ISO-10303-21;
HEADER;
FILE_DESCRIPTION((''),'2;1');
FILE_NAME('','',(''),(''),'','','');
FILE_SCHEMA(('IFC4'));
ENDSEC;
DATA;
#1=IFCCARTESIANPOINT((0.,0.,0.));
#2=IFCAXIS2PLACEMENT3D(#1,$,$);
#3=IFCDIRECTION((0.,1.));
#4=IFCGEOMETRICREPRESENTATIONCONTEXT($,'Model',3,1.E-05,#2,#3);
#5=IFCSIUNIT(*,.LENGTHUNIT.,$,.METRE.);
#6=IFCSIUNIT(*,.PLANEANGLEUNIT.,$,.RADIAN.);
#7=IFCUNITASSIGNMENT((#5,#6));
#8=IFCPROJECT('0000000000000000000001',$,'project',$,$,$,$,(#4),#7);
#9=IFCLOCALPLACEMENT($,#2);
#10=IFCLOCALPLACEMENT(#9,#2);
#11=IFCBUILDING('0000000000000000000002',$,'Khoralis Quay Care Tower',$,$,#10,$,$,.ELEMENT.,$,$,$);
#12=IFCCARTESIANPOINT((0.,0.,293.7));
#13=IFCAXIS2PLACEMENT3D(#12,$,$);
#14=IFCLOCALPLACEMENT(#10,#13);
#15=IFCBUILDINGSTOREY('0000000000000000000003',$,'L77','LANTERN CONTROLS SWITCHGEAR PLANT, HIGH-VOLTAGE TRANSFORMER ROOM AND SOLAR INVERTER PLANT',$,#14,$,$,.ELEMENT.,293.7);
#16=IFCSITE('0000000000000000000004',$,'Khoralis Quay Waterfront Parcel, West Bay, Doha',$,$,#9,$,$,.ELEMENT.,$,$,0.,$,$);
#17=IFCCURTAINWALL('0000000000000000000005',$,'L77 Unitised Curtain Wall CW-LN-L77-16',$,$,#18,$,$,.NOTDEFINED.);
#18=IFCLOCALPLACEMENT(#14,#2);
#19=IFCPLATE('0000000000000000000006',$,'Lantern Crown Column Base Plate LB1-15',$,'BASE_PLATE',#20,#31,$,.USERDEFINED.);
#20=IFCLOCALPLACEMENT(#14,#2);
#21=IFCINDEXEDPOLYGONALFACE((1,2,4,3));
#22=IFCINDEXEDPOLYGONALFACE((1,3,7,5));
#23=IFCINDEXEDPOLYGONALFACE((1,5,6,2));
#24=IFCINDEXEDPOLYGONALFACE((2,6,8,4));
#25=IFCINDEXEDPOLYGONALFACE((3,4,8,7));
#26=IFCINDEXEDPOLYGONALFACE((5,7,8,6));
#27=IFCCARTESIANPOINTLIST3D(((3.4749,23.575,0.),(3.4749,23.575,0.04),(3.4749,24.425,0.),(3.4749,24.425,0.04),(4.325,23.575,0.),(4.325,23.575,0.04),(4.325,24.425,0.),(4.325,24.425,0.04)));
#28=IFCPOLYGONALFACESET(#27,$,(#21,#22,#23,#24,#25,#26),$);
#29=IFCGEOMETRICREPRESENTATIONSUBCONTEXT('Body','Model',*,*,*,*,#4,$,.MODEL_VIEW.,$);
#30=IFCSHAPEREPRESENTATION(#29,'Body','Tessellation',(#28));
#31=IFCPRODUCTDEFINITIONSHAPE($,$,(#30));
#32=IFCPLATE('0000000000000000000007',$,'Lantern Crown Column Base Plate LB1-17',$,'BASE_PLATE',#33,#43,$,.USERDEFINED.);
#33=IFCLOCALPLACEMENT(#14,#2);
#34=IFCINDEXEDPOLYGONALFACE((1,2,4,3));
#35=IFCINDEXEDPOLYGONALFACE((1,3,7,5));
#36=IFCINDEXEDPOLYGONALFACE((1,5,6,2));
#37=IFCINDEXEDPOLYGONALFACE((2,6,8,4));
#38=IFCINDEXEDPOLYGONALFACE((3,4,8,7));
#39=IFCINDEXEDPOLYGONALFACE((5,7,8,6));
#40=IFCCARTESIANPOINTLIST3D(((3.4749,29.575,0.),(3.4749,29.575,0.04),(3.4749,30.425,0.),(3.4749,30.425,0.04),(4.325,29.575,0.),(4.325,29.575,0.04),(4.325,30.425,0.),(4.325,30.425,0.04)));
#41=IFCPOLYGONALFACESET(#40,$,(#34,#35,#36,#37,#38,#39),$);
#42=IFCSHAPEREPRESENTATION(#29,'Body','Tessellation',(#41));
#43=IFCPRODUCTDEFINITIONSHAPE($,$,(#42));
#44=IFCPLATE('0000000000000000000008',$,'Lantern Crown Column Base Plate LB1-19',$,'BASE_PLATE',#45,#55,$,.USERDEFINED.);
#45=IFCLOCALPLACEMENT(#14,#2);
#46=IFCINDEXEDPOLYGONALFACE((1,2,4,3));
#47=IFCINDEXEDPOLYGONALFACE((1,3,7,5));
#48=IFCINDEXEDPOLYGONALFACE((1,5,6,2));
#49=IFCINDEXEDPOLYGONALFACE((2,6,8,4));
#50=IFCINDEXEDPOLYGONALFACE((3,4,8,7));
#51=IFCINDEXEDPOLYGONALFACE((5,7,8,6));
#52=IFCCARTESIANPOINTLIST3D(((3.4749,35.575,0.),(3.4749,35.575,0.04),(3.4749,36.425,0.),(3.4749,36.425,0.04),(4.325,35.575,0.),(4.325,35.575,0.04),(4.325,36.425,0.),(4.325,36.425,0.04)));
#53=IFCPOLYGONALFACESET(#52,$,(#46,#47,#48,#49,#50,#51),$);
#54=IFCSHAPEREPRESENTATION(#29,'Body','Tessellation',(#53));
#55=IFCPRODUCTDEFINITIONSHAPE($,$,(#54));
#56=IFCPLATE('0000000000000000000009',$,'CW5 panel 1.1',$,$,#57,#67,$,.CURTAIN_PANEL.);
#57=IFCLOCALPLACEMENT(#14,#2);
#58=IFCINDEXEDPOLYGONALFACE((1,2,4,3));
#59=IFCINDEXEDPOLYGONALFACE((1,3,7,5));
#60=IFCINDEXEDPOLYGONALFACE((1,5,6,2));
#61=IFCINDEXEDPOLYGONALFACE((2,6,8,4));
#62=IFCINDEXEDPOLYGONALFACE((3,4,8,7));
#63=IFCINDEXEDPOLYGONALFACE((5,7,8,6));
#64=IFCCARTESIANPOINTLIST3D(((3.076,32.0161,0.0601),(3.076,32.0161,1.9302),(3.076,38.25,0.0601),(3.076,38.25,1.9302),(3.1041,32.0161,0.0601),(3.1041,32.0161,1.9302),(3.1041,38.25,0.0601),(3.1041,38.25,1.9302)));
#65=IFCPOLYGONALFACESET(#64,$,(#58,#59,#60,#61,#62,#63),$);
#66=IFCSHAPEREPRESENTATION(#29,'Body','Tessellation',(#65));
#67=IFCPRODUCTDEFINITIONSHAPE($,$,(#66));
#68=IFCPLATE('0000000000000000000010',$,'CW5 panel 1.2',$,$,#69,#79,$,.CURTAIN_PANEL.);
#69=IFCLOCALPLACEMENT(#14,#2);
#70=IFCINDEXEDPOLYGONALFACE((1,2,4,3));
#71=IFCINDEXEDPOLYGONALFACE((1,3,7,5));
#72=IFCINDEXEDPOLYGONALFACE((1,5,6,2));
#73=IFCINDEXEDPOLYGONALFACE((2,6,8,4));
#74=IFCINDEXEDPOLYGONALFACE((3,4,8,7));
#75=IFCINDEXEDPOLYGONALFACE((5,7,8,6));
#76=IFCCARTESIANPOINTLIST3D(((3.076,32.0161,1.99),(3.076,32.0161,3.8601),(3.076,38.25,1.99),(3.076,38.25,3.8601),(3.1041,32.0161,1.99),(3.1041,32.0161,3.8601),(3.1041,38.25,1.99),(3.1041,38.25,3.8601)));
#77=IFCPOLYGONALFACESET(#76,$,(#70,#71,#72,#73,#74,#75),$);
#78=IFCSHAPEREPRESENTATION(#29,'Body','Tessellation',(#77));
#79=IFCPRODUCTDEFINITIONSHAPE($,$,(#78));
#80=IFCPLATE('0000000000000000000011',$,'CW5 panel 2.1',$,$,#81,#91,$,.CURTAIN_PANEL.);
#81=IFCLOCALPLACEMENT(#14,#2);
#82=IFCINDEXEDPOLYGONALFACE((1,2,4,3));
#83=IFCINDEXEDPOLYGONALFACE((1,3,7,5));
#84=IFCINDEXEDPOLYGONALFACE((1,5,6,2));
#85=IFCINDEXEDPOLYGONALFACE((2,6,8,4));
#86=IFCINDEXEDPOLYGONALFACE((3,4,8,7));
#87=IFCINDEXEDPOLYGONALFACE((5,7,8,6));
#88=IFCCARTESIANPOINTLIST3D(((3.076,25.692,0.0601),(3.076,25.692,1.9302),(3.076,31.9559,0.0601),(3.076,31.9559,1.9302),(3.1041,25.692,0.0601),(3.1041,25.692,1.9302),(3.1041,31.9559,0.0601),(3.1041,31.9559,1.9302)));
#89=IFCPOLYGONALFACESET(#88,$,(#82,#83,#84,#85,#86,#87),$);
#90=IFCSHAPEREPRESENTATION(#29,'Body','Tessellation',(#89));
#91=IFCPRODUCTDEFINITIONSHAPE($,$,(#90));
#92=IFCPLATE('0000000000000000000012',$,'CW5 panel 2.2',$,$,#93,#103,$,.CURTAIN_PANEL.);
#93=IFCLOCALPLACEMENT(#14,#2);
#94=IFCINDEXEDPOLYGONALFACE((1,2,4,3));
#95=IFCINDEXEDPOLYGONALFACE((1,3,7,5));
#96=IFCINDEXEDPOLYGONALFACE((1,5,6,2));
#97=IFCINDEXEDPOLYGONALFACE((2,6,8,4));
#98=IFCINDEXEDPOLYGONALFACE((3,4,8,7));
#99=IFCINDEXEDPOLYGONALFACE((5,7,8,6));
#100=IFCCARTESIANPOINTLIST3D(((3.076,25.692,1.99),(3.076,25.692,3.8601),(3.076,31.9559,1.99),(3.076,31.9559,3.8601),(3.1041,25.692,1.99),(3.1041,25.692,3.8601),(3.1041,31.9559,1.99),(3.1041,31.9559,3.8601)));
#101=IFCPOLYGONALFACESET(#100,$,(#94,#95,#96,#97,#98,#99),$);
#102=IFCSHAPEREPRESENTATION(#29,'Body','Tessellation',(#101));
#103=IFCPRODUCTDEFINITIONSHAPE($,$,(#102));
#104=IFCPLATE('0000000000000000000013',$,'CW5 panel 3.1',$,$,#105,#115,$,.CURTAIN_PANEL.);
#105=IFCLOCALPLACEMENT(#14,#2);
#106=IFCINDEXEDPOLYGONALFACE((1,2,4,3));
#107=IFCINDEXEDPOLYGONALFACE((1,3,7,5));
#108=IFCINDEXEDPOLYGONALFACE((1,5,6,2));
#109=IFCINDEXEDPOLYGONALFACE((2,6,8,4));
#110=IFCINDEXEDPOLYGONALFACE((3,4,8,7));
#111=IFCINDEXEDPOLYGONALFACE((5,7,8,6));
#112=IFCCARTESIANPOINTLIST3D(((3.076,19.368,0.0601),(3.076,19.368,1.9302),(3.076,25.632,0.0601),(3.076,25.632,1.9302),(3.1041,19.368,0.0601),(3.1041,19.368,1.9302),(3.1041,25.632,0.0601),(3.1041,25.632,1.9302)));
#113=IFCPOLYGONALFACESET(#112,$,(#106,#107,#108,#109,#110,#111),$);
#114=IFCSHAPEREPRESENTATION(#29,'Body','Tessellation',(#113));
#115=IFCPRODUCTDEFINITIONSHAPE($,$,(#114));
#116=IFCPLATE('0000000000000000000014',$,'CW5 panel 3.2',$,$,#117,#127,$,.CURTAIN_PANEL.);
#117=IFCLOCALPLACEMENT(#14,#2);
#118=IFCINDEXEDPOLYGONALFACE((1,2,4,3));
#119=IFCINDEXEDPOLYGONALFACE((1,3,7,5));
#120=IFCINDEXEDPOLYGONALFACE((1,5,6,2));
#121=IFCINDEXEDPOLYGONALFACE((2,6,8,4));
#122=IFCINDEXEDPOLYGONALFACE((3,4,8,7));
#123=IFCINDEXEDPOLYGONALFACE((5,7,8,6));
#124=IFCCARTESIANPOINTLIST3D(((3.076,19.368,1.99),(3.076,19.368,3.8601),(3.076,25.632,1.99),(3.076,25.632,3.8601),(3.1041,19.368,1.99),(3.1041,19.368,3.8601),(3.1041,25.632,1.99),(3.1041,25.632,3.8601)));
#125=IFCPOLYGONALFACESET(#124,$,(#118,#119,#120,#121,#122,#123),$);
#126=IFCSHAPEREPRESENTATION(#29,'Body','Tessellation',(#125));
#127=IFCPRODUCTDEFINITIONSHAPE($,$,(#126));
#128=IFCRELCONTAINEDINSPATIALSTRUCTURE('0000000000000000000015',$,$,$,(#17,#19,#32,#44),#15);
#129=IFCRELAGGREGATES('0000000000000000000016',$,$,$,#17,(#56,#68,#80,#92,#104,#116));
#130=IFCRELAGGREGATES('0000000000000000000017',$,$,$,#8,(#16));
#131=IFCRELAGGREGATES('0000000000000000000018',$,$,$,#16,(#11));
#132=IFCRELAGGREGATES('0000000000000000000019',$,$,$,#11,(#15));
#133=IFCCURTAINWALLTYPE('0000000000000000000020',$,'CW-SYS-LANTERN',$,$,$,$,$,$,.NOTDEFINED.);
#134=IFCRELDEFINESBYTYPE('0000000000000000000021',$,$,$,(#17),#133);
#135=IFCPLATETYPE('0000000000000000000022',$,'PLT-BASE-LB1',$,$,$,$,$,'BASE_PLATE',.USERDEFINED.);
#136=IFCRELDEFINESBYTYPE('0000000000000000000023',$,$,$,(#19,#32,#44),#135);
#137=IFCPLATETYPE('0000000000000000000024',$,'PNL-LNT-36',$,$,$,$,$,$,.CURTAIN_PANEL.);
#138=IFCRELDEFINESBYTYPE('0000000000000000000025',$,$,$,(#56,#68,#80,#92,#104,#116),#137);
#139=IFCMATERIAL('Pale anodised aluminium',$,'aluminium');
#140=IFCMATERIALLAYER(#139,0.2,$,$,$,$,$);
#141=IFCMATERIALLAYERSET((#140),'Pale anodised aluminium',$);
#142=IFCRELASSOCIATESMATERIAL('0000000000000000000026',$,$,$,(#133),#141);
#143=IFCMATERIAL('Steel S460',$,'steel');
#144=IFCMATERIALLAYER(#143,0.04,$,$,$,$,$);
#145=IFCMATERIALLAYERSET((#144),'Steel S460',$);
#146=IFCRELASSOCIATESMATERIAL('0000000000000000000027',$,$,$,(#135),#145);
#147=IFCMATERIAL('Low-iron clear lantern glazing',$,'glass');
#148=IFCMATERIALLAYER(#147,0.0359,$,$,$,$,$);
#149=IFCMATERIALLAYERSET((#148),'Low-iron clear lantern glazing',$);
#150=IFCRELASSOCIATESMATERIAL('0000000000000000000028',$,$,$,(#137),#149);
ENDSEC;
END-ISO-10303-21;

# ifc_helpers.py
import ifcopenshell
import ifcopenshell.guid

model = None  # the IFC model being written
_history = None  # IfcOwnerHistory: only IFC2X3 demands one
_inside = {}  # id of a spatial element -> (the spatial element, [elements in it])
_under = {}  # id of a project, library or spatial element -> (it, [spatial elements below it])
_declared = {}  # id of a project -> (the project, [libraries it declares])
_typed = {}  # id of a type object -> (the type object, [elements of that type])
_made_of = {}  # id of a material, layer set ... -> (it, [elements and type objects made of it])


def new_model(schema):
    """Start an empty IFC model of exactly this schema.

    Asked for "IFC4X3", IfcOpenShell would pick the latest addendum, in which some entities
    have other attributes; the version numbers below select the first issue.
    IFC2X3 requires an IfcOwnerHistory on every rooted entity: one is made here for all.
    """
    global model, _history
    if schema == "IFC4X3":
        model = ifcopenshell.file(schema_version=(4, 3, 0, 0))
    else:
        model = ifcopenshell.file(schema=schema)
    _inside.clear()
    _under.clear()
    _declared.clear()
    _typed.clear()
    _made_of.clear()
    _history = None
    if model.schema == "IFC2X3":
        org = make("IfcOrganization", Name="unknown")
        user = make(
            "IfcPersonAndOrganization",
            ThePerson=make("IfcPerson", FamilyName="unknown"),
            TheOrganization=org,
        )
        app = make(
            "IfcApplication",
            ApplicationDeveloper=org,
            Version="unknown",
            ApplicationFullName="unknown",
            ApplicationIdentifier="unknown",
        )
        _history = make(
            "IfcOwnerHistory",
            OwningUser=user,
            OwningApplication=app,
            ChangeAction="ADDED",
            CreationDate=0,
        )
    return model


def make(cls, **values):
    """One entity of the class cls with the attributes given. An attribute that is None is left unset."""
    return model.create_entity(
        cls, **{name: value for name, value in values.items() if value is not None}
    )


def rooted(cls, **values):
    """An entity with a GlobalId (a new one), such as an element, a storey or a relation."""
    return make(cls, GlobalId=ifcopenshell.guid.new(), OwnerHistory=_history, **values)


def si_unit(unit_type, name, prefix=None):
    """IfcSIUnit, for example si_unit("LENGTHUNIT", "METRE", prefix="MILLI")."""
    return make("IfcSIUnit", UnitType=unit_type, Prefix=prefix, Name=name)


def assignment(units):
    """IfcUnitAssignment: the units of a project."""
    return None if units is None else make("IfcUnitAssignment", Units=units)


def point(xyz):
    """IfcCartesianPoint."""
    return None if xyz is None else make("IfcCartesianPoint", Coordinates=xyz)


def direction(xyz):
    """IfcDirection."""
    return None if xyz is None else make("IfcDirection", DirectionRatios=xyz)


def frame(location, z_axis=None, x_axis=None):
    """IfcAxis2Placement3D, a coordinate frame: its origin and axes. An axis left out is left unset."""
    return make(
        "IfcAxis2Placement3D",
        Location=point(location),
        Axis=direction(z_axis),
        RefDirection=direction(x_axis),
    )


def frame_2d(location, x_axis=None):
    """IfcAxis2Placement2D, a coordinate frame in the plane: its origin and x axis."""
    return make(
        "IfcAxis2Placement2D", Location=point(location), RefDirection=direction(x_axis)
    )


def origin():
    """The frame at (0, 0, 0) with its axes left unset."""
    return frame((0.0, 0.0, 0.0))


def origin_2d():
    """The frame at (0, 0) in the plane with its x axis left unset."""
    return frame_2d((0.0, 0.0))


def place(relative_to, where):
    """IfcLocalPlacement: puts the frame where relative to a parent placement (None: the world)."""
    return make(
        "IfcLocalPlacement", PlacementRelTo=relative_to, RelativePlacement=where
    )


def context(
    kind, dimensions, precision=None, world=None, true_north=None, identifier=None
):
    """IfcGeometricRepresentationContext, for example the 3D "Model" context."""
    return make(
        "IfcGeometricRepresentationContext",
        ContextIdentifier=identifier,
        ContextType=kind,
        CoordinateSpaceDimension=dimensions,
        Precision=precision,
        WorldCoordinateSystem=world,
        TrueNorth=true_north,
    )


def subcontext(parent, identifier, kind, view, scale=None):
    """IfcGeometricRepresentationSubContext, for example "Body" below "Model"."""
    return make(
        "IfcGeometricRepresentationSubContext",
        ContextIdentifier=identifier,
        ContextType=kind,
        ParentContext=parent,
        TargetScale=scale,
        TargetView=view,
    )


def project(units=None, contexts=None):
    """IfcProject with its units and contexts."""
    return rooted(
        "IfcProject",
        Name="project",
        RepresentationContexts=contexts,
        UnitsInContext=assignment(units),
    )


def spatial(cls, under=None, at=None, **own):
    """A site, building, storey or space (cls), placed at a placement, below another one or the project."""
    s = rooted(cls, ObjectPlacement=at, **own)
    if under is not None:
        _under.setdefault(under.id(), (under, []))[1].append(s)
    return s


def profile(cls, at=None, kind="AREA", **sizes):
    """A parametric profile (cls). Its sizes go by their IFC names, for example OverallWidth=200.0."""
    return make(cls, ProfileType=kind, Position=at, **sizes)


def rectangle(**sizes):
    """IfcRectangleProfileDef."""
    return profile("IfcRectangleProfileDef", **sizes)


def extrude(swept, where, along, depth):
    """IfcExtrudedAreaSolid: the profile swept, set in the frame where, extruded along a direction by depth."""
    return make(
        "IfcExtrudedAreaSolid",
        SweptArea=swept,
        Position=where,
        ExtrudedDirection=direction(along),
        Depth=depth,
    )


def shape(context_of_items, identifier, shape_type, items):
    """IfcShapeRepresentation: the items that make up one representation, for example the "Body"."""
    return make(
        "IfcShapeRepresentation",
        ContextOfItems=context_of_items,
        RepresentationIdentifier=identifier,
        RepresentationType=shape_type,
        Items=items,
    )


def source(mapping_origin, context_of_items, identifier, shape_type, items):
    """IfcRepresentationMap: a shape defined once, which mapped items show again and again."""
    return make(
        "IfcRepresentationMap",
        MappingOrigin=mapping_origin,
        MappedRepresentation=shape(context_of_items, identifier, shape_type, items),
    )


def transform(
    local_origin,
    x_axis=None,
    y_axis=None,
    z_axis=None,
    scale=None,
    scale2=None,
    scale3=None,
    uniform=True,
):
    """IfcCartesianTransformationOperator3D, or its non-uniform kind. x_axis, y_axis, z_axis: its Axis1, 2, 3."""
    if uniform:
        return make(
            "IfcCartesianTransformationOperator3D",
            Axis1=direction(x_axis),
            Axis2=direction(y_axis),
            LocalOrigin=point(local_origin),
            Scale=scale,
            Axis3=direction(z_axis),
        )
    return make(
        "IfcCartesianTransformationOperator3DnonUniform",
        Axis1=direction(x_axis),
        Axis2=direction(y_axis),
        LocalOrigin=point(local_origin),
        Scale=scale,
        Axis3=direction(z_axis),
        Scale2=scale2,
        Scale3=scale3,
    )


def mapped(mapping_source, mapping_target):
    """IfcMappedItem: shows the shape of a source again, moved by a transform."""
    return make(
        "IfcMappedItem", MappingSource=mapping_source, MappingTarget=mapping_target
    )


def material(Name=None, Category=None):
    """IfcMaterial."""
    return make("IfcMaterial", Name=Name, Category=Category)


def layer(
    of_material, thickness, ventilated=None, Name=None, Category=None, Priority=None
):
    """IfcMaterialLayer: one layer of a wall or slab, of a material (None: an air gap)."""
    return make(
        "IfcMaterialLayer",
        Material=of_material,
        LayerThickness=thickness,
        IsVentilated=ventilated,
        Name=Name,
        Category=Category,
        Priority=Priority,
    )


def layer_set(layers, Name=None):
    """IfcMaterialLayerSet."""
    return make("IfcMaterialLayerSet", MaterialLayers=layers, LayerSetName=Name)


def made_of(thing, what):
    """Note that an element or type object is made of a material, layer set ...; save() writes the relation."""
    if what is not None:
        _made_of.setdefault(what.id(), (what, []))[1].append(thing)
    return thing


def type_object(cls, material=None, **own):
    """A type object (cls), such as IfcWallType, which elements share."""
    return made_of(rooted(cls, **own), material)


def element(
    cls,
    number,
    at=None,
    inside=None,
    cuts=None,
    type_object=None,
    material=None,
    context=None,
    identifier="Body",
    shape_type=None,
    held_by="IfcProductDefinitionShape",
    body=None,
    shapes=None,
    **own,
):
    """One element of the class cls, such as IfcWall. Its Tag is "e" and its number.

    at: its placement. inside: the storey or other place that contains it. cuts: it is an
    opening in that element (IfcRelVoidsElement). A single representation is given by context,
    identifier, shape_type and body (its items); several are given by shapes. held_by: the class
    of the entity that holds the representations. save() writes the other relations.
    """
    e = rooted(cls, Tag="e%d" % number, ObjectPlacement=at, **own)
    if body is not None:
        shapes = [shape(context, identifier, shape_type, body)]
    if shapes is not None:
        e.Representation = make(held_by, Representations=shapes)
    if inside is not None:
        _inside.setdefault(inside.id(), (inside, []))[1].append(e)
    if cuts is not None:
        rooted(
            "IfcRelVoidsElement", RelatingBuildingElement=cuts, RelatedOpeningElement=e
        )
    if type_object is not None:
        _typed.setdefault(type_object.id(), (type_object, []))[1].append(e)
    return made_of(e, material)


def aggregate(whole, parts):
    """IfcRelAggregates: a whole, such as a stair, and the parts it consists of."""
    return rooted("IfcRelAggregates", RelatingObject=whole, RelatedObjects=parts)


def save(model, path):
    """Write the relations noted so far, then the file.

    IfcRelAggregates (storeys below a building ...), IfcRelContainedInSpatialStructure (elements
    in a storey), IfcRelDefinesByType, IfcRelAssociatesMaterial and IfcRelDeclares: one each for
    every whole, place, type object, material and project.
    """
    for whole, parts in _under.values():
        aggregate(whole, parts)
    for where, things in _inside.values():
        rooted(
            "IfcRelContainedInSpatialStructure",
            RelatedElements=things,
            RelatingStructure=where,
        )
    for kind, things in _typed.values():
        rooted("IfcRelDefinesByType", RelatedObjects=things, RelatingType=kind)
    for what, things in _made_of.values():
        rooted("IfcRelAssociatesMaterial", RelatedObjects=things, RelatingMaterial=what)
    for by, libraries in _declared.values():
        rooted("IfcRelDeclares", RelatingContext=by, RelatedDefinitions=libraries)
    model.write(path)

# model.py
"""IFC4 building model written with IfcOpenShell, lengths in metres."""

from ifc_helpers import new_model, si_unit, direction, frame, origin, origin_2d, place, context, subcontext, project, spatial, rectangle, extrude, source, transform, mapped, material, layer, layer_set, type_object, element, aggregate, save


model = new_model("IFC4")

# Units and contexts
model_context = context("Model", 3, precision=1e-05, world=origin(), true_north=direction((0.0, 1.0)))
body_context = subcontext(model_context, "Body", "Model", "MODEL_VIEW")
ifc_project = project(units=[si_unit("LENGTHUNIT", "METRE"), si_unit("PLANEANGLEUNIT", "RADIAN")], contexts=[model_context])

# Site, building, storey
site_placement = place(None, origin())
site = spatial("IfcSite", under=ifc_project, at=site_placement, Name="Khoralis Quay Waterfront Parcel, West Bay, Doha", CompositionType="ELEMENT", RefElevation=0.0)
building_placement = place(site_placement, origin())
building = spatial("IfcBuilding", under=site, at=building_placement, Name="Khoralis Quay Care Tower", CompositionType="ELEMENT")
storey_placement = place(building_placement, frame((0.0, 0.0, 293.7)))
storey = spatial("IfcBuildingStorey", under=building, at=storey_placement, Name="L77", Description="LANTERN CONTROLS SWITCHGEAR PLANT, HIGH-VOLTAGE TRANSFORMER ROOM AND SOLAR INVERTER PLANT", CompositionType="ELEMENT", Elevation=293.7)

# Shared definitions
ifc_material_1 = material(Name="Steel S460", Category="steel")

# Curtain wall
ifc_material_2 = material(Name="Pale anodised aluminium", Category="aluminium")
ifc_layer_1 = layer(ifc_material_2, 0.2)
ifc_layer_set_1 = layer_set([ifc_layer_1], Name="Pale anodised aluminium")
curtain_wall_type = type_object("IfcCurtainWallType", Name="CW-SYS-LANTERN", PredefinedType="NOTDEFINED", material=ifc_layer_set_1)
curtain_wall_placement = place(storey_placement, origin())
curtain_wall = element("IfcCurtainWall", 1, at=curtain_wall_placement, inside=storey, type_object=curtain_wall_type, Name="L77 Unitised Curtain Wall CW-LN-L77-16", PredefinedType="NOTDEFINED")

# Plates
ifc_layer_2 = layer(ifc_material_1, 0.04)
ifc_layer_set_2 = layer_set([ifc_layer_2], Name="Steel S460")
plate_type_1 = type_object("IfcPlateType", Name="PLT-BASE-LB1", ElementType="BASE_PLATE", PredefinedType="USERDEFINED", material=ifc_layer_set_2)
shared_shape_1 = source(origin(), body_context, "Body", "SweptSolid", [
    extrude(rectangle(XDim=0.8501, YDim=0.8501, at=origin_2d()), origin(), (0.0, 0.0, 1.0), 0.04),
])
for number, where, z_axis, x_axis, name in (
    (2, (3.8999, 24.0, 0.0), (0.0, 0.0, 1.0), (1.0, 0.0, 0.0), "Lantern Crown Column Base Plate LB1-15"),
    (3, (3.8999, 30.0, 0.0), (0.0, 0.0, 1.0), (1.0, 0.0, 0.0), "Lantern Crown Column Base Plate LB1-17"),
    (4, (3.8999, 36.0, 0.0), (0.0, 0.0, 1.0), (1.0, 0.0, 0.0), "Lantern Crown Column Base Plate LB1-19"),
):
    element("IfcPlate", number, at=place(storey_placement, frame(where, z_axis=z_axis, x_axis=x_axis)), inside=storey, type_object=plate_type_1, Name=name, ObjectType="BASE_PLATE", PredefinedType="USERDEFINED", context=body_context, shape_type="MappedRepresentation", body=[
        mapped(shared_shape_1, transform((0.0, 0.0, 0.0), scale=1.0)),
    ])

# Plates
ifc_material_3 = material(Name="Low-iron clear lantern glazing", Category="glass")
ifc_layer_3 = layer(ifc_material_3, 0.0359)
ifc_layer_set_3 = layer_set([ifc_layer_3], Name="Low-iron clear lantern glazing")
plate_type_2 = type_object("IfcPlateType", Name="PNL-LNT-36", PredefinedType="CURTAIN_PANEL", material=ifc_layer_set_3)
shared_shape_2 = source(origin(), body_context, "Body", "SweptSolid", [
    extrude(rectangle(XDim=6.2339, YDim=0.0281, at=origin_2d()), origin(), (0.0, 0.0, 1.0), 1.8701),
])
plate_1_placement = place(storey_placement, frame((3.0901, 35.1331, 0.0601), z_axis=(0.0, 0.0, 1.0), x_axis=(0.0, -1.0, 0.0)))
plate_1 = element("IfcPlate", 5, at=plate_1_placement, type_object=plate_type_2, Name="CW5 panel 1.1", PredefinedType="CURTAIN_PANEL", context=body_context, shape_type="MappedRepresentation", body=[
    mapped(shared_shape_2, transform((0.0, 0.0, 0.0), scale=1.0)),
])
plate_2_placement = place(storey_placement, frame((3.0901, 35.1331, 1.99), z_axis=(0.0, 0.0, 1.0), x_axis=(0.0, -1.0, 0.0)))
plate_2 = element("IfcPlate", 6, at=plate_2_placement, type_object=plate_type_2, Name="CW5 panel 1.2", PredefinedType="CURTAIN_PANEL", context=body_context, shape_type="MappedRepresentation", body=[
    mapped(shared_shape_2, transform((0.0, 0.0, 0.0), scale=1.0)),
])
shared_shape_3 = source(origin(), body_context, "Body", "SweptSolid", [
    extrude(rectangle(XDim=6.2639, YDim=0.0281, at=origin_2d()), origin(), (0.0, 0.0, 1.0), 1.8701),
])
plate_3_placement = place(storey_placement, frame((3.0901, 28.824, 0.0601), z_axis=(0.0, 0.0, 1.0), x_axis=(0.0, -1.0, 0.0)))
plate_3 = element("IfcPlate", 7, at=plate_3_placement, type_object=plate_type_2, Name="CW5 panel 2.1", PredefinedType="CURTAIN_PANEL", context=body_context, shape_type="MappedRepresentation", body=[
    mapped(shared_shape_3, transform((0.0, 0.0, 0.0), scale=1.0)),
])
plate_4_placement = place(storey_placement, frame((3.0901, 28.824, 1.99), z_axis=(0.0, 0.0, 1.0), x_axis=(0.0, -1.0, 0.0)))
plate_4 = element("IfcPlate", 8, at=plate_4_placement, type_object=plate_type_2, Name="CW5 panel 2.2", PredefinedType="CURTAIN_PANEL", context=body_context, shape_type="MappedRepresentation", body=[
    mapped(shared_shape_3, transform((0.0, 0.0, 0.0), scale=1.0)),
])
plate_5_placement = place(storey_placement, frame((3.0901, 22.5, 0.0601), z_axis=(0.0, 0.0, 1.0), x_axis=(0.0, -1.0, 0.0)))
plate_5 = element("IfcPlate", 9, at=plate_5_placement, type_object=plate_type_2, Name="CW5 panel 3.1", PredefinedType="CURTAIN_PANEL", context=body_context, shape_type="MappedRepresentation", body=[
    mapped(shared_shape_3, transform((0.0, 0.0, 0.0), scale=1.0)),
])
plate_6_placement = place(storey_placement, frame((3.0901, 22.5, 1.99), z_axis=(0.0, 0.0, 1.0), x_axis=(0.0, -1.0, 0.0)))
plate_6 = element("IfcPlate", 10, at=plate_6_placement, type_object=plate_type_2, Name="CW5 panel 3.2", PredefinedType="CURTAIN_PANEL", context=body_context, shape_type="MappedRepresentation", body=[
    mapped(shared_shape_3, transform((0.0, 0.0, 0.0), scale=1.0)),
])
aggregate(curtain_wall, [plate_1, plate_2, plate_3, plate_4, plate_5, plate_6])

save(model, "model.ifc")
